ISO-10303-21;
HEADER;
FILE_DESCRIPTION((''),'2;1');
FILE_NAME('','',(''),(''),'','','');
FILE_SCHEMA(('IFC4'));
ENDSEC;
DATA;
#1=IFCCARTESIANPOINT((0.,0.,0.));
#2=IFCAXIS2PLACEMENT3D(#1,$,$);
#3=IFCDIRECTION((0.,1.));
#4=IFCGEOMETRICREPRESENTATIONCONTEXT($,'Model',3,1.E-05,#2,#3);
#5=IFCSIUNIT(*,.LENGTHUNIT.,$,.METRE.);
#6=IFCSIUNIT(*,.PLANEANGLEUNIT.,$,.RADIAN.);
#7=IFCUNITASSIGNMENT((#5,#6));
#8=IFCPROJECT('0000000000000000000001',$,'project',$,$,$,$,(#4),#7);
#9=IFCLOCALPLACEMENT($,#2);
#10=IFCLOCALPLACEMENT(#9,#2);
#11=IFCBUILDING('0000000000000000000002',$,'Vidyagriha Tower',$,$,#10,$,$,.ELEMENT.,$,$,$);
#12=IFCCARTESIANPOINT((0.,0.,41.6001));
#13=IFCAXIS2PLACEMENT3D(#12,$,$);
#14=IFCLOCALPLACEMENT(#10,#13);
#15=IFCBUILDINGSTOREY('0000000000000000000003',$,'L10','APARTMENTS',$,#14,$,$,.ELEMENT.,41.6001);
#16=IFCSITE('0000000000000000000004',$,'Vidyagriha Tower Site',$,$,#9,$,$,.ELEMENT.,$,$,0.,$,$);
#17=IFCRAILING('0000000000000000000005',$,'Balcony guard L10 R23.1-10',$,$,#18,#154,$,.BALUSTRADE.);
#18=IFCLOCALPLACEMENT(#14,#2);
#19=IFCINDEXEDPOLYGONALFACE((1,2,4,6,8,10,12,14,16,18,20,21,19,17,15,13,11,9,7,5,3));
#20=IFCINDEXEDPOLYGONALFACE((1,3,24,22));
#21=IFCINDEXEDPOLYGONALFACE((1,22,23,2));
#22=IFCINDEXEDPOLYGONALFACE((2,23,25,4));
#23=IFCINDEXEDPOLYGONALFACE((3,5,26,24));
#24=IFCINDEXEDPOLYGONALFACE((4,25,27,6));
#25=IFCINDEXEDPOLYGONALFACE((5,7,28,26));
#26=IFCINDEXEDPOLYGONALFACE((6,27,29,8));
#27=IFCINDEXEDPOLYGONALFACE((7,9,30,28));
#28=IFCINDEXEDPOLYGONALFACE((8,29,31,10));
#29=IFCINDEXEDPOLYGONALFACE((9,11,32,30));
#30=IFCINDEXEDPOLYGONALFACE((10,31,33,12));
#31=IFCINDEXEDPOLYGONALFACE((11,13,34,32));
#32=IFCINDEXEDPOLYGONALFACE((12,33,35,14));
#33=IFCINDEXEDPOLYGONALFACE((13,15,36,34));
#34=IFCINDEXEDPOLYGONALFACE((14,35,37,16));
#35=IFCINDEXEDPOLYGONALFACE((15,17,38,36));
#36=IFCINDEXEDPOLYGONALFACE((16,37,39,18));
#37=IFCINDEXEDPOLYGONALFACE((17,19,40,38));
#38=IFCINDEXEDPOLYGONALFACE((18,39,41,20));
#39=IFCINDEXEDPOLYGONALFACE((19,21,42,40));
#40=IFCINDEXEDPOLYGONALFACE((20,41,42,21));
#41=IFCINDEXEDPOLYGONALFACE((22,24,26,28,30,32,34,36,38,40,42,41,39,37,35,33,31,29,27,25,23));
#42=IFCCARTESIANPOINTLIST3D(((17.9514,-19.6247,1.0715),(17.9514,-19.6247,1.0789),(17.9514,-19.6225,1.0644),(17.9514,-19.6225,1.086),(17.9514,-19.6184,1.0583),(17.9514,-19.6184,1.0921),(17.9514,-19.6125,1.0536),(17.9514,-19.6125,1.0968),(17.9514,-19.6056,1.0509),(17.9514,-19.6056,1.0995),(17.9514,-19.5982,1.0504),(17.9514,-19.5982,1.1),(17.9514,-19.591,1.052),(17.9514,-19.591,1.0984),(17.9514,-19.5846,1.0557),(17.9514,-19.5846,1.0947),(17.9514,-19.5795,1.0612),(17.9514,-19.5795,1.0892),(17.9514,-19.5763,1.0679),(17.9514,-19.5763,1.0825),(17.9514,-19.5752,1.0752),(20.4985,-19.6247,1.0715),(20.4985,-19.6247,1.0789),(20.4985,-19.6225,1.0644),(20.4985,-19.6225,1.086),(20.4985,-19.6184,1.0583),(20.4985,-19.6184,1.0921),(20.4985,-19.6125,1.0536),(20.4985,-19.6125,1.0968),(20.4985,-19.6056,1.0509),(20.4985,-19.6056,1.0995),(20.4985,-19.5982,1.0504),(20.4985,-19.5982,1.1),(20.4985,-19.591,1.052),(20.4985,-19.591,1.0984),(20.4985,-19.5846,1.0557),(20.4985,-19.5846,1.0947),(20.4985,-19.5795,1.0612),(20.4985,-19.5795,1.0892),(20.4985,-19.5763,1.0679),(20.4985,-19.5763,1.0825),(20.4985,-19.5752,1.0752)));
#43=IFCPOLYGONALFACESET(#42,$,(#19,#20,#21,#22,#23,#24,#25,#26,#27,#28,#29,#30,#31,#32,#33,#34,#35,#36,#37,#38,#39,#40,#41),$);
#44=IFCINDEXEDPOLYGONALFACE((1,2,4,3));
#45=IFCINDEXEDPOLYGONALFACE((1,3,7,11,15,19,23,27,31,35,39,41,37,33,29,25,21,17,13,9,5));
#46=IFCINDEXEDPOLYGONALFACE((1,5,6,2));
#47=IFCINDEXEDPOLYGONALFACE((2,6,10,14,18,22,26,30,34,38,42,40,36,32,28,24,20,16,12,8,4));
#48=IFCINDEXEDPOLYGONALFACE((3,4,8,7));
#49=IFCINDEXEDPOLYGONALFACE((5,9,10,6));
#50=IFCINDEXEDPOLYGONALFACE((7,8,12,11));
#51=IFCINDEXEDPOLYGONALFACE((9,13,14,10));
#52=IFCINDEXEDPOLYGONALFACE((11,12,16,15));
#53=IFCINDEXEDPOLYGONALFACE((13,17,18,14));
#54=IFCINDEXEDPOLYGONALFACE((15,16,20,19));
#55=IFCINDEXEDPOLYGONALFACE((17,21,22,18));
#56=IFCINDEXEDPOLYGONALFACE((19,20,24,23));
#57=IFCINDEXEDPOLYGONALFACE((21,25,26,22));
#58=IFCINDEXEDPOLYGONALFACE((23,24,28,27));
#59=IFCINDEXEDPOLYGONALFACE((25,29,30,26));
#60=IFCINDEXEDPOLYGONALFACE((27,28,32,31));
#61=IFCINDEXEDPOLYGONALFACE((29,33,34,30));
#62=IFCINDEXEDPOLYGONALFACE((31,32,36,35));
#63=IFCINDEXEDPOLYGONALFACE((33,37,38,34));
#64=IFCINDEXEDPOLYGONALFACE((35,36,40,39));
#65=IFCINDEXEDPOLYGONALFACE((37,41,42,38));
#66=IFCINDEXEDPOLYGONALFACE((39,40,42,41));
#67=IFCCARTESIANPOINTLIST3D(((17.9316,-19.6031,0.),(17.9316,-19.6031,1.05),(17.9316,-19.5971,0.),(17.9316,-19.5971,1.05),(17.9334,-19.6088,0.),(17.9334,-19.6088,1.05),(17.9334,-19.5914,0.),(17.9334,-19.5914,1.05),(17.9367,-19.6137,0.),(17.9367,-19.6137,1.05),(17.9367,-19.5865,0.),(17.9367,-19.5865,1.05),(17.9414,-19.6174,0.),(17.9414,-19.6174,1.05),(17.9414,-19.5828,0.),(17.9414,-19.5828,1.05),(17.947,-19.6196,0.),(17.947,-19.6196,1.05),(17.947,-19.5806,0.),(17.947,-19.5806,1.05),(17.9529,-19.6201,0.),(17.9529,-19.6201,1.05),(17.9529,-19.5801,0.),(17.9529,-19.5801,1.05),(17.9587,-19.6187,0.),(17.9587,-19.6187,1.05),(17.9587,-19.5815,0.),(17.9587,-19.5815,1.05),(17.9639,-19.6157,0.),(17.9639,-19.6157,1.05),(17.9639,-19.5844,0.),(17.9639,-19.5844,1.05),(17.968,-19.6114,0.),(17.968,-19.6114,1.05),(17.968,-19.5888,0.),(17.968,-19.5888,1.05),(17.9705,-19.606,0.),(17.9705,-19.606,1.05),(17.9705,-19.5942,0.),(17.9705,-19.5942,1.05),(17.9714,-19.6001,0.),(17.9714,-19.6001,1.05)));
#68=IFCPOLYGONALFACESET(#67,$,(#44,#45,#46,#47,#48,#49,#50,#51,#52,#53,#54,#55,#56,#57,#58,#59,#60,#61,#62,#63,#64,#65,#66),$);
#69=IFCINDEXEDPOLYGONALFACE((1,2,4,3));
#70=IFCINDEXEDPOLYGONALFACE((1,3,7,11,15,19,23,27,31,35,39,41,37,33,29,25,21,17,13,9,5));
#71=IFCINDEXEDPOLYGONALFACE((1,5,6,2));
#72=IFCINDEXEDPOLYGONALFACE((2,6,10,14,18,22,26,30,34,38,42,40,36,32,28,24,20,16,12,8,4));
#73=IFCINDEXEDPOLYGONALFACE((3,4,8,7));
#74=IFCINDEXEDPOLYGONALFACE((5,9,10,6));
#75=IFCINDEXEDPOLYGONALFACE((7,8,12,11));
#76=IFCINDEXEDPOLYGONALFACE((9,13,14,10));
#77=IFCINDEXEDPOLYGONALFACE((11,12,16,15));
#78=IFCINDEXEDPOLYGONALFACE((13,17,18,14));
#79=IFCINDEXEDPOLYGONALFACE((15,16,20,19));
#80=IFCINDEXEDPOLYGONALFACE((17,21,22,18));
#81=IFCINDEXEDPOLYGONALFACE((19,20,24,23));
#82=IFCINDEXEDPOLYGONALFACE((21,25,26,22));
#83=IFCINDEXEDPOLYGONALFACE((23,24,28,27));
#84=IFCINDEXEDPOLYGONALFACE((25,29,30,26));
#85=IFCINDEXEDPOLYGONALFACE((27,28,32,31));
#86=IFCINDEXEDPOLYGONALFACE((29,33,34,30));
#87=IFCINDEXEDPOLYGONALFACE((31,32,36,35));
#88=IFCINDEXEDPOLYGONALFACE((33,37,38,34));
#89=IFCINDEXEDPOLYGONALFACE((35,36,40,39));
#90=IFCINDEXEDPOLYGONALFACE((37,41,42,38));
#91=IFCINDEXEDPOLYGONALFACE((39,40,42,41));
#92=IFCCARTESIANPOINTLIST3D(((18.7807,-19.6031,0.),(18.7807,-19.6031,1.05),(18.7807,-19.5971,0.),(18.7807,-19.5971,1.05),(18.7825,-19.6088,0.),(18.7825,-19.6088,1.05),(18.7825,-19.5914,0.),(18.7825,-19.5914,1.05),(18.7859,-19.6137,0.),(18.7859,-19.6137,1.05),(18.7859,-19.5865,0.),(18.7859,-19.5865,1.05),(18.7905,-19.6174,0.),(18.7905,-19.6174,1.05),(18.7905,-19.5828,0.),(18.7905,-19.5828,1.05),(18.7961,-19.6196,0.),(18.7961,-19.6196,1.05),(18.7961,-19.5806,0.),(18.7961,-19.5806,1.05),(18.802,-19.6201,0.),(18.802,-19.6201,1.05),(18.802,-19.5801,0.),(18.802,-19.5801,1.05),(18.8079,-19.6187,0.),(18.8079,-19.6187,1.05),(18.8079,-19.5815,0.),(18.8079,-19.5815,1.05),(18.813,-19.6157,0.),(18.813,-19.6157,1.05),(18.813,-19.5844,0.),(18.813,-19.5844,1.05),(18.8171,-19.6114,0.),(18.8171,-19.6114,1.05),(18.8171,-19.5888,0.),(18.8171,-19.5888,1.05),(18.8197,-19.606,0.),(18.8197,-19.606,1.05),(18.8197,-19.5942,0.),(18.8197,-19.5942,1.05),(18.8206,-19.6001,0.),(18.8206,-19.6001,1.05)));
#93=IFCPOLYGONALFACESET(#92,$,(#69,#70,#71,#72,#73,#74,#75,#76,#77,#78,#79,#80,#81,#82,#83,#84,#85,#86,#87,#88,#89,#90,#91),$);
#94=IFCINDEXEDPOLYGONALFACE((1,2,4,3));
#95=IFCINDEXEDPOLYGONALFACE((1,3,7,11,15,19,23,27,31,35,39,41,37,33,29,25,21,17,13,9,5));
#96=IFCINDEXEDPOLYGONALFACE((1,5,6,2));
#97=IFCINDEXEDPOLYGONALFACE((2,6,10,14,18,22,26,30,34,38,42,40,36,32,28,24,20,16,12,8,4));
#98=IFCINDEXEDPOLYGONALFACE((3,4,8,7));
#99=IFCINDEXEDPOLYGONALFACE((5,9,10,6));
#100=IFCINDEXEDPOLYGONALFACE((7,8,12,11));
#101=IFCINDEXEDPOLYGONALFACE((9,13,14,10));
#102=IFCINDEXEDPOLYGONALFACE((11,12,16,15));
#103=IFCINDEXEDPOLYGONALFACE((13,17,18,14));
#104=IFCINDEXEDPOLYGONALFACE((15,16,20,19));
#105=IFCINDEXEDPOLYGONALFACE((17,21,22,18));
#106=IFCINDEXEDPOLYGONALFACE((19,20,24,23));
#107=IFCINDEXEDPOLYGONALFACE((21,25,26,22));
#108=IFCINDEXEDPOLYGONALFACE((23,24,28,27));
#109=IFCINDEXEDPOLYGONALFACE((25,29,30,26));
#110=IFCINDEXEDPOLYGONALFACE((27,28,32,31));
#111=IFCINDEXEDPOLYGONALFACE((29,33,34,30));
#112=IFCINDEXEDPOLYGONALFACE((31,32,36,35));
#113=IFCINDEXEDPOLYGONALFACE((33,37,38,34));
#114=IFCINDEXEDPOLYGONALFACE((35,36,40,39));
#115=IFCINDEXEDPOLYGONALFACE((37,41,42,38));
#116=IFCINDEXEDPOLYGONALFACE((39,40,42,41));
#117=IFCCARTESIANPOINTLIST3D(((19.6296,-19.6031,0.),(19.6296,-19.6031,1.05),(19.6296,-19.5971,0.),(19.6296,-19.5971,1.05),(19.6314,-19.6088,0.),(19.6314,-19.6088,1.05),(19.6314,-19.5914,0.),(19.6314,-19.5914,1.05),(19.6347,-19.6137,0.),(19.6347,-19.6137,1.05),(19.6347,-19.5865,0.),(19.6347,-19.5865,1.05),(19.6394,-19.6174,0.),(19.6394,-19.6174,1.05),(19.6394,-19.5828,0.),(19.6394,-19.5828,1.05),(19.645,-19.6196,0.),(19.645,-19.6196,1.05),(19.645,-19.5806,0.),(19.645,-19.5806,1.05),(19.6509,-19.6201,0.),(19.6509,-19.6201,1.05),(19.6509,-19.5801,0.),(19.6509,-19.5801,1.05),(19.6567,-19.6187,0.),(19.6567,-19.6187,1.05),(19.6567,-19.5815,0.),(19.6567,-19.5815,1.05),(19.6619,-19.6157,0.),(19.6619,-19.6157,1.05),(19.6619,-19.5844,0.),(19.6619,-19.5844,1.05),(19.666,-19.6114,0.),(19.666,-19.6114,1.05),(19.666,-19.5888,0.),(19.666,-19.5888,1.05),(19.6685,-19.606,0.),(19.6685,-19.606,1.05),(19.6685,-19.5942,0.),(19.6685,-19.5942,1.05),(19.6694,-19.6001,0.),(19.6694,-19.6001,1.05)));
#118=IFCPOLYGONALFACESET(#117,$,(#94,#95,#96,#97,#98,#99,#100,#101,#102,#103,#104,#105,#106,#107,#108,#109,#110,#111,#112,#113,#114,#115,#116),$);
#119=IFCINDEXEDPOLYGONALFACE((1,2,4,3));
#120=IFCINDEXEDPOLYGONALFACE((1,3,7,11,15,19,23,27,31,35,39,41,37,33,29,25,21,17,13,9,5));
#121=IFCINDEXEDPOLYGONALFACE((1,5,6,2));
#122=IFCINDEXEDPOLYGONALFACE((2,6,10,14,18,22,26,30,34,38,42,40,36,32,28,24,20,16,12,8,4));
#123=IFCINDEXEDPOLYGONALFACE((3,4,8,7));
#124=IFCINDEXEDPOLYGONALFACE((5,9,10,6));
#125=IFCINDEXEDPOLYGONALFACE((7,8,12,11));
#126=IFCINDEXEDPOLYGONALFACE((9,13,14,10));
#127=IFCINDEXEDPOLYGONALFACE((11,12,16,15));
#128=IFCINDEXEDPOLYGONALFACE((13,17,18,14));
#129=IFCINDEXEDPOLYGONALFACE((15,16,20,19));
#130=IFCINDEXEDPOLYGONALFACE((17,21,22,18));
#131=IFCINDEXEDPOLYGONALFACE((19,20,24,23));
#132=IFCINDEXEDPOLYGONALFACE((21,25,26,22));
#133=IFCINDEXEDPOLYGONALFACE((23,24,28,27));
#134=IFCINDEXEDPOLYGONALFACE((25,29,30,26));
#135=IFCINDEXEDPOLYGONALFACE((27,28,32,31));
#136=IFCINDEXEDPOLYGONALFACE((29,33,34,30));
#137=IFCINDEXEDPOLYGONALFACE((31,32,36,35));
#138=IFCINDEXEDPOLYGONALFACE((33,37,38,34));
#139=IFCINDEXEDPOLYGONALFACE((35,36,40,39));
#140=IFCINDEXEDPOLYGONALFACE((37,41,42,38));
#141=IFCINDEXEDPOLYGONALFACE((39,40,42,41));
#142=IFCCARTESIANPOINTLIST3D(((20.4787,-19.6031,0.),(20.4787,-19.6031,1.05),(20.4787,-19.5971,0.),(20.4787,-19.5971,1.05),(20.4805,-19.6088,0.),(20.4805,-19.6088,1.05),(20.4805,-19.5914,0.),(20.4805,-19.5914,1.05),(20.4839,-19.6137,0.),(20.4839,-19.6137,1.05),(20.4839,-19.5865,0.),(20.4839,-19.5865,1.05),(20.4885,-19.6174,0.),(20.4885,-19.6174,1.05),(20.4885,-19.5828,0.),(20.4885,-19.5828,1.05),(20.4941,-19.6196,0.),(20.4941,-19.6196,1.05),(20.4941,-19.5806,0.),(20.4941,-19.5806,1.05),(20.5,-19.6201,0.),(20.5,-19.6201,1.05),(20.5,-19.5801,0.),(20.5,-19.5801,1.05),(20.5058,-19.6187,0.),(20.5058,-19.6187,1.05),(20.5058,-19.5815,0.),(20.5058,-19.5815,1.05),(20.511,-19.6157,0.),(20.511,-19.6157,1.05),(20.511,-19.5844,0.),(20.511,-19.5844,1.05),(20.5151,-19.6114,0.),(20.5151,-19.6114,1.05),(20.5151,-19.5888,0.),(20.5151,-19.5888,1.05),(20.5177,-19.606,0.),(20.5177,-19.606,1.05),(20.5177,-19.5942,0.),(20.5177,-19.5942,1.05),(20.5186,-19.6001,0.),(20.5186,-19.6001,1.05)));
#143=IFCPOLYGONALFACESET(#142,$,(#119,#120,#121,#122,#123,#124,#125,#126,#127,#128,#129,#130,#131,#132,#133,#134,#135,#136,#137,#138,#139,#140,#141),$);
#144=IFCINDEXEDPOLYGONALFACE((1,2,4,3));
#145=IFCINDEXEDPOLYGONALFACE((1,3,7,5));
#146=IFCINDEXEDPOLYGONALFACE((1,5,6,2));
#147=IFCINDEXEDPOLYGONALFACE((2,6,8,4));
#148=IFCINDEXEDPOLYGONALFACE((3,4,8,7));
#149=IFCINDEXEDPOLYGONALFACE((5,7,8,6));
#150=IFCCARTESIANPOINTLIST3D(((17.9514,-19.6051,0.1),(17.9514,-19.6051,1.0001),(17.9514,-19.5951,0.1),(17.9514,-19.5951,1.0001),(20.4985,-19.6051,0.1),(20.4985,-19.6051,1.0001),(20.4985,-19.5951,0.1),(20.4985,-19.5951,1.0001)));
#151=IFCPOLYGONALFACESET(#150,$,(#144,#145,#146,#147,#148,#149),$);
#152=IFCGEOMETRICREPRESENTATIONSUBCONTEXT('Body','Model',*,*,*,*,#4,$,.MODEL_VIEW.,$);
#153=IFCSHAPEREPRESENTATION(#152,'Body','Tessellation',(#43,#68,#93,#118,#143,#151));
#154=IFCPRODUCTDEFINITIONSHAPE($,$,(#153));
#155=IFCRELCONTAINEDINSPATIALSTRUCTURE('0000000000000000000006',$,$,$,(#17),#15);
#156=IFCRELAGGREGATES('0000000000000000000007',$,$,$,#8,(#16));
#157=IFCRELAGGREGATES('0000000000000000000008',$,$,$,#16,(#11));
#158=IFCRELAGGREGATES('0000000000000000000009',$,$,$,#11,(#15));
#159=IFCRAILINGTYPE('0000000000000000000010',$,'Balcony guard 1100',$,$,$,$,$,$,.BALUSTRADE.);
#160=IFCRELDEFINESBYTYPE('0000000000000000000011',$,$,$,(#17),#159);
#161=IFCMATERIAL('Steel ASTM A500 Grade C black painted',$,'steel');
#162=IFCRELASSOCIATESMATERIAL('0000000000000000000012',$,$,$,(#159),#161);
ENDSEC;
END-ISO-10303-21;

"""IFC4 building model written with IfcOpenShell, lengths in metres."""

from ifc_helpers import new_model, si_unit, direction, frame, origin, origin_2d, place, context, subcontext, project, spatial, rectangle, circle, extrude, material, type_object, element, save


model = new_model("IFC4")

# Units and contexts
model_context = context("Model", 3, precision=1e-05, world=origin(), true_north=direction((0.0, 1.0)))
body_context = subcontext(model_context, "Body", "Model", "MODEL_VIEW")
ifc_project = project(units=[si_unit("LENGTHUNIT", "METRE"), si_unit("PLANEANGLEUNIT", "RADIAN")], contexts=[model_context])

# Site, building, storey
site_placement = place(None, origin())
site = spatial("IfcSite", under=ifc_project, at=site_placement, Name="Vidyagriha Tower Site", CompositionType="ELEMENT", RefElevation=0.0)
building_placement = place(site_placement, origin())
building = spatial("IfcBuilding", under=site, at=building_placement, Name="Vidyagriha Tower", CompositionType="ELEMENT")
storey_placement = place(building_placement, frame((0.0, 0.0, 41.6001)))
storey = spatial("IfcBuildingStorey", under=building, at=storey_placement, Name="L10", Description="APARTMENTS", CompositionType="ELEMENT", Elevation=41.6001)

# Railing
ifc_material_1 = material(Name="Steel ASTM A500 Grade C black painted", Category="steel")
railing_type = type_object("IfcRailingType", Name="Balcony guard 1100", PredefinedType="BALUSTRADE", material=ifc_material_1)
railing_1_placement = place(storey_placement, frame((17.9514, -19.6001, 0.0)))
element("IfcRailing", 1, at=railing_1_placement, inside=storey, type_object=railing_type, Name="Balcony guard L10 R23.1-10", PredefinedType="BALUSTRADE", context=body_context, shape_type="SweptSolid", body=[
    extrude(circle(Radius=0.0249, at=origin_2d()), frame((0.0, 0.0, 1.0752), z_axis=(1.0, 0.0, 0.0), x_axis=(0.0, 1.0, 0.0)), (0.0, 0.0, 1.0), 2.5471),
    extrude(circle(Radius=0.02, at=origin_2d()), origin(), (0.0, 0.0, 1.0), 1.05),
    extrude(circle(Radius=0.02, at=origin_2d()), frame((0.8491, 0.0, 0.0)), (0.0, 0.0, 1.0), 1.05),
    extrude(circle(Radius=0.02, at=origin_2d()), frame((1.698, 0.0, 0.0)), (0.0, 0.0, 1.0), 1.05),
    extrude(circle(Radius=0.02, at=origin_2d()), frame((2.5471, 0.0, 0.0)), (0.0, 0.0, 1.0), 1.05),
    extrude(rectangle(XDim=0.01, YDim=0.9001, at=origin_2d()), frame((0.0, 0.0, 0.55), z_axis=(1.0, 0.0, 0.0), x_axis=(0.0, 1.0, 0.0)), (0.0, 0.0, 1.0), 2.5471),
])

save(model, "model.ifc")
